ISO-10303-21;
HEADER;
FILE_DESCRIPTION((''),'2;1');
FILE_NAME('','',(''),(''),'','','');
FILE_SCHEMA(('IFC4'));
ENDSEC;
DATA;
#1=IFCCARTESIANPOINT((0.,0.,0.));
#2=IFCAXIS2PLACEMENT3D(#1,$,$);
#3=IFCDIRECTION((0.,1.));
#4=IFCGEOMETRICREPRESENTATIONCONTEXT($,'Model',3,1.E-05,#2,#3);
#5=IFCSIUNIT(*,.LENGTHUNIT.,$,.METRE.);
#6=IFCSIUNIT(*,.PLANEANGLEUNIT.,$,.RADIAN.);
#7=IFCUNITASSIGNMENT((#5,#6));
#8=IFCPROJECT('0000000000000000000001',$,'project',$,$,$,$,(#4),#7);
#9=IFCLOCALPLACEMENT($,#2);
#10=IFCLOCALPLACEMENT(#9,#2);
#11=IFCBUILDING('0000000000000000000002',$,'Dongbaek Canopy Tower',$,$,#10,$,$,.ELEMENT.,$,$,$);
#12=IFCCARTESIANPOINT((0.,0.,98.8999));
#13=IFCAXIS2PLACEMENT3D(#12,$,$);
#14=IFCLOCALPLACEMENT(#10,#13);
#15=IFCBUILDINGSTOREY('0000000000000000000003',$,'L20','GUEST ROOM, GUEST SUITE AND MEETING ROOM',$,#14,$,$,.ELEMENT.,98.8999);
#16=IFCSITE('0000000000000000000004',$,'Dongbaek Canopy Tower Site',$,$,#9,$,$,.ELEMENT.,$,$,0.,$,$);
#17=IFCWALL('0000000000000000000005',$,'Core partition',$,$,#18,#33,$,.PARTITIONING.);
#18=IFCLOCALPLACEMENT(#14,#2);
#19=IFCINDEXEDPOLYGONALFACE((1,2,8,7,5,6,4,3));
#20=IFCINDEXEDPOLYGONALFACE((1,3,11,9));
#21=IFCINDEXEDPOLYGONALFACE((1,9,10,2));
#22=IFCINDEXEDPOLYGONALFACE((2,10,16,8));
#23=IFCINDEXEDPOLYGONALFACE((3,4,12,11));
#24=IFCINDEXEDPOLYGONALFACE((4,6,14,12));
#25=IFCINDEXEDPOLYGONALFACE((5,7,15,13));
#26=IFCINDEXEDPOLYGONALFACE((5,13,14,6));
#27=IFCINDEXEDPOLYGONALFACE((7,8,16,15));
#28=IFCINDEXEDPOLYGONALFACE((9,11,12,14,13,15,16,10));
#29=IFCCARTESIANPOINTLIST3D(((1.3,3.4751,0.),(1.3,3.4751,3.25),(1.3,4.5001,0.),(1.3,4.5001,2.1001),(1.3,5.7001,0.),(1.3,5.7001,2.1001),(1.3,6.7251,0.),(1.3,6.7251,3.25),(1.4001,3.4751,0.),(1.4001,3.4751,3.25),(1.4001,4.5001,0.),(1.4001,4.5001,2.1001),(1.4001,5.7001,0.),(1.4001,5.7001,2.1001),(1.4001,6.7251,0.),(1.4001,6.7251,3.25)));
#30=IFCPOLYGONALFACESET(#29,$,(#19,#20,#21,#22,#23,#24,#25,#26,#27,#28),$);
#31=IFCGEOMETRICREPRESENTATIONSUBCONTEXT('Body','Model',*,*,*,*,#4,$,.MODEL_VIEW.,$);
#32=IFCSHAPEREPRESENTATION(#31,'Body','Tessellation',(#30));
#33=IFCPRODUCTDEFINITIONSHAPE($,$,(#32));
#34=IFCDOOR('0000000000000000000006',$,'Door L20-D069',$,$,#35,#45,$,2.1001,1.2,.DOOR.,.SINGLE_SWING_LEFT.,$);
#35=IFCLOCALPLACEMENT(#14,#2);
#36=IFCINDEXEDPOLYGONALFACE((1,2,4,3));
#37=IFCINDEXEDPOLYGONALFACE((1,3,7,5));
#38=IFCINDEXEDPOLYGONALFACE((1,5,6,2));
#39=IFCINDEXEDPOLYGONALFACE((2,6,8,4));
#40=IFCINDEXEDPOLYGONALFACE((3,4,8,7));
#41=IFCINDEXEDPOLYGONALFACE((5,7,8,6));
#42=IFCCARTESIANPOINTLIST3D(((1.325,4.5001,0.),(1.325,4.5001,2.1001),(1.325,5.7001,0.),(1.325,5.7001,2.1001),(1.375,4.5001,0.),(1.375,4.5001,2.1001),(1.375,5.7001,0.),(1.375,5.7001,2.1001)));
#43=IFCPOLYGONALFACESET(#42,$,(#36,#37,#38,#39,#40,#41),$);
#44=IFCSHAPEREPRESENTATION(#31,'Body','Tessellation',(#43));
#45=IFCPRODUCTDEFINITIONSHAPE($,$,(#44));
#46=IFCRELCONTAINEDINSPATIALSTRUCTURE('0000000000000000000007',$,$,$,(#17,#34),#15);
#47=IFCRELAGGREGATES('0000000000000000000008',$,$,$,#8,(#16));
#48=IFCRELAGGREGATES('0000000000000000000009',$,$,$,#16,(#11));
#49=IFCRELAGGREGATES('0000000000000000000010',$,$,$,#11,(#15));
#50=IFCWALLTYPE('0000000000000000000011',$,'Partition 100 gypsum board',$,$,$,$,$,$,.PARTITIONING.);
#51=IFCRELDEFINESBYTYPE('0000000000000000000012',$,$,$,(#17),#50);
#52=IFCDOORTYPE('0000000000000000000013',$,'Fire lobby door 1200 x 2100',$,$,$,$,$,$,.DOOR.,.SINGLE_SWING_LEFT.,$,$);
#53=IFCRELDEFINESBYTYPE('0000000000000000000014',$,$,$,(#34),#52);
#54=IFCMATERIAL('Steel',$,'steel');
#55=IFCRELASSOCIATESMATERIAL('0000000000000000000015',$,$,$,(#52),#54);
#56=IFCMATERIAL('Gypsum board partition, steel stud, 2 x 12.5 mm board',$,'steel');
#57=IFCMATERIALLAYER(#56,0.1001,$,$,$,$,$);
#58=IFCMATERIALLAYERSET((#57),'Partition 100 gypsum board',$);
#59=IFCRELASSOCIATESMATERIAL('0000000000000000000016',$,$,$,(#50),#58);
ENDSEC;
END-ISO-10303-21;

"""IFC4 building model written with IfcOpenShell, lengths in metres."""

from ifc_helpers import new_model, si_unit, direction, frame, frame_2d, origin, place, context, subcontext, project, spatial, rectangle, extrude, material, layer, layer_set, type_object, element, fill, save


model = new_model("IFC4")

# Units and contexts
model_context = context("Model", 3, precision=1e-05, world=origin(), true_north=direction((0.0, 1.0)))
body_context = subcontext(model_context, "Body", "Model", "MODEL_VIEW")
ifc_project = project(units=[si_unit("LENGTHUNIT", "METRE"), si_unit("PLANEANGLEUNIT", "RADIAN")], contexts=[model_context])

# Site, building, storey
site_placement = place(None, origin())
site = spatial("IfcSite", under=ifc_project, at=site_placement, Name="Dongbaek Canopy Tower Site", CompositionType="ELEMENT", RefElevation=0.0)
building_placement = place(site_placement, origin())
building = spatial("IfcBuilding", under=site, at=building_placement, Name="Dongbaek Canopy Tower", CompositionType="ELEMENT")
storey_placement = place(building_placement, frame((0.0, 0.0, 98.8999)))
storey = spatial("IfcBuildingStorey", under=building, at=storey_placement, Name="L20", Description="GUEST ROOM, GUEST SUITE AND MEETING ROOM", CompositionType="ELEMENT", Elevation=98.8999)

# Shared definitions
ifc_material_1 = material(Name="Steel", Category="steel")
door_type = type_object("IfcDoorType", Name="Fire lobby door 1200 x 2100", OperationType="SINGLE_SWING_LEFT", PredefinedType="DOOR", material=ifc_material_1)

# Wall, opening, door
ifc_material_2 = material(Name="Gypsum board partition, steel stud, 2 x 12.5 mm board", Category="steel")
ifc_layer_1 = layer(ifc_material_2, 0.1001)
ifc_layer_set_1 = layer_set([ifc_layer_1], Name="Partition 100 gypsum board")
wall_type_1 = type_object("IfcWallType", Name="Partition 100 gypsum board", PredefinedType="PARTITIONING", material=ifc_layer_set_1)
wall_1_placement = place(storey_placement, frame((1.3501, 6.7251, 0.0), z_axis=(0.0, 0.0, 1.0), x_axis=(0.0, -1.0, 0.0)))
wall_1 = element("IfcWall", 1, at=wall_1_placement, inside=storey, type_object=wall_type_1, Name="Core partition", PredefinedType="PARTITIONING", context=body_context, shape_type="SweptSolid", body=[
    extrude(rectangle(XDim=3.25, YDim=0.1001, at=frame_2d((1.625, 0.0))), origin(), (0.0, 0.0, 1.0), 3.25),
])
opening_1_placement = place(wall_1_placement, frame((1.0249, 0.0, 0.0)))
opening_1 = element("IfcOpeningElement", 2, at=opening_1_placement, cuts=wall_1, PredefinedType="OPENING", context=body_context, shape_type="SweptSolid", body=[
    extrude(rectangle(XDim=1.2, YDim=2.1001, at=frame_2d((0.6001, 1.05))), frame((0.0, 0.0601, 0.0), z_axis=(0.0, -1.0, 0.0), x_axis=(1.0, 0.0, 0.0)), (0.0, 0.0, 1.0), 0.1201),
])
door_1_placement = place(opening_1_placement, origin())
door_1 = element("IfcDoor", 3, at=door_1_placement, inside=storey, type_object=door_type, Name="Door L20-D069", OperationType="SINGLE_SWING_LEFT", OverallHeight=2.1001, OverallWidth=1.2, PredefinedType="DOOR", context=body_context, shape_type="SweptSolid", body=[
    extrude(rectangle(XDim=1.2, YDim=2.1001, at=frame_2d((0.6001, 1.05))), frame((0.0, 0.0249, 0.0), z_axis=(0.0, -1.0, 0.0), x_axis=(1.0, 0.0, 0.0)), (0.0, 0.0, 1.0), 0.05),
])
fill(opening_1, door_1)

save(model, "model.ifc")
